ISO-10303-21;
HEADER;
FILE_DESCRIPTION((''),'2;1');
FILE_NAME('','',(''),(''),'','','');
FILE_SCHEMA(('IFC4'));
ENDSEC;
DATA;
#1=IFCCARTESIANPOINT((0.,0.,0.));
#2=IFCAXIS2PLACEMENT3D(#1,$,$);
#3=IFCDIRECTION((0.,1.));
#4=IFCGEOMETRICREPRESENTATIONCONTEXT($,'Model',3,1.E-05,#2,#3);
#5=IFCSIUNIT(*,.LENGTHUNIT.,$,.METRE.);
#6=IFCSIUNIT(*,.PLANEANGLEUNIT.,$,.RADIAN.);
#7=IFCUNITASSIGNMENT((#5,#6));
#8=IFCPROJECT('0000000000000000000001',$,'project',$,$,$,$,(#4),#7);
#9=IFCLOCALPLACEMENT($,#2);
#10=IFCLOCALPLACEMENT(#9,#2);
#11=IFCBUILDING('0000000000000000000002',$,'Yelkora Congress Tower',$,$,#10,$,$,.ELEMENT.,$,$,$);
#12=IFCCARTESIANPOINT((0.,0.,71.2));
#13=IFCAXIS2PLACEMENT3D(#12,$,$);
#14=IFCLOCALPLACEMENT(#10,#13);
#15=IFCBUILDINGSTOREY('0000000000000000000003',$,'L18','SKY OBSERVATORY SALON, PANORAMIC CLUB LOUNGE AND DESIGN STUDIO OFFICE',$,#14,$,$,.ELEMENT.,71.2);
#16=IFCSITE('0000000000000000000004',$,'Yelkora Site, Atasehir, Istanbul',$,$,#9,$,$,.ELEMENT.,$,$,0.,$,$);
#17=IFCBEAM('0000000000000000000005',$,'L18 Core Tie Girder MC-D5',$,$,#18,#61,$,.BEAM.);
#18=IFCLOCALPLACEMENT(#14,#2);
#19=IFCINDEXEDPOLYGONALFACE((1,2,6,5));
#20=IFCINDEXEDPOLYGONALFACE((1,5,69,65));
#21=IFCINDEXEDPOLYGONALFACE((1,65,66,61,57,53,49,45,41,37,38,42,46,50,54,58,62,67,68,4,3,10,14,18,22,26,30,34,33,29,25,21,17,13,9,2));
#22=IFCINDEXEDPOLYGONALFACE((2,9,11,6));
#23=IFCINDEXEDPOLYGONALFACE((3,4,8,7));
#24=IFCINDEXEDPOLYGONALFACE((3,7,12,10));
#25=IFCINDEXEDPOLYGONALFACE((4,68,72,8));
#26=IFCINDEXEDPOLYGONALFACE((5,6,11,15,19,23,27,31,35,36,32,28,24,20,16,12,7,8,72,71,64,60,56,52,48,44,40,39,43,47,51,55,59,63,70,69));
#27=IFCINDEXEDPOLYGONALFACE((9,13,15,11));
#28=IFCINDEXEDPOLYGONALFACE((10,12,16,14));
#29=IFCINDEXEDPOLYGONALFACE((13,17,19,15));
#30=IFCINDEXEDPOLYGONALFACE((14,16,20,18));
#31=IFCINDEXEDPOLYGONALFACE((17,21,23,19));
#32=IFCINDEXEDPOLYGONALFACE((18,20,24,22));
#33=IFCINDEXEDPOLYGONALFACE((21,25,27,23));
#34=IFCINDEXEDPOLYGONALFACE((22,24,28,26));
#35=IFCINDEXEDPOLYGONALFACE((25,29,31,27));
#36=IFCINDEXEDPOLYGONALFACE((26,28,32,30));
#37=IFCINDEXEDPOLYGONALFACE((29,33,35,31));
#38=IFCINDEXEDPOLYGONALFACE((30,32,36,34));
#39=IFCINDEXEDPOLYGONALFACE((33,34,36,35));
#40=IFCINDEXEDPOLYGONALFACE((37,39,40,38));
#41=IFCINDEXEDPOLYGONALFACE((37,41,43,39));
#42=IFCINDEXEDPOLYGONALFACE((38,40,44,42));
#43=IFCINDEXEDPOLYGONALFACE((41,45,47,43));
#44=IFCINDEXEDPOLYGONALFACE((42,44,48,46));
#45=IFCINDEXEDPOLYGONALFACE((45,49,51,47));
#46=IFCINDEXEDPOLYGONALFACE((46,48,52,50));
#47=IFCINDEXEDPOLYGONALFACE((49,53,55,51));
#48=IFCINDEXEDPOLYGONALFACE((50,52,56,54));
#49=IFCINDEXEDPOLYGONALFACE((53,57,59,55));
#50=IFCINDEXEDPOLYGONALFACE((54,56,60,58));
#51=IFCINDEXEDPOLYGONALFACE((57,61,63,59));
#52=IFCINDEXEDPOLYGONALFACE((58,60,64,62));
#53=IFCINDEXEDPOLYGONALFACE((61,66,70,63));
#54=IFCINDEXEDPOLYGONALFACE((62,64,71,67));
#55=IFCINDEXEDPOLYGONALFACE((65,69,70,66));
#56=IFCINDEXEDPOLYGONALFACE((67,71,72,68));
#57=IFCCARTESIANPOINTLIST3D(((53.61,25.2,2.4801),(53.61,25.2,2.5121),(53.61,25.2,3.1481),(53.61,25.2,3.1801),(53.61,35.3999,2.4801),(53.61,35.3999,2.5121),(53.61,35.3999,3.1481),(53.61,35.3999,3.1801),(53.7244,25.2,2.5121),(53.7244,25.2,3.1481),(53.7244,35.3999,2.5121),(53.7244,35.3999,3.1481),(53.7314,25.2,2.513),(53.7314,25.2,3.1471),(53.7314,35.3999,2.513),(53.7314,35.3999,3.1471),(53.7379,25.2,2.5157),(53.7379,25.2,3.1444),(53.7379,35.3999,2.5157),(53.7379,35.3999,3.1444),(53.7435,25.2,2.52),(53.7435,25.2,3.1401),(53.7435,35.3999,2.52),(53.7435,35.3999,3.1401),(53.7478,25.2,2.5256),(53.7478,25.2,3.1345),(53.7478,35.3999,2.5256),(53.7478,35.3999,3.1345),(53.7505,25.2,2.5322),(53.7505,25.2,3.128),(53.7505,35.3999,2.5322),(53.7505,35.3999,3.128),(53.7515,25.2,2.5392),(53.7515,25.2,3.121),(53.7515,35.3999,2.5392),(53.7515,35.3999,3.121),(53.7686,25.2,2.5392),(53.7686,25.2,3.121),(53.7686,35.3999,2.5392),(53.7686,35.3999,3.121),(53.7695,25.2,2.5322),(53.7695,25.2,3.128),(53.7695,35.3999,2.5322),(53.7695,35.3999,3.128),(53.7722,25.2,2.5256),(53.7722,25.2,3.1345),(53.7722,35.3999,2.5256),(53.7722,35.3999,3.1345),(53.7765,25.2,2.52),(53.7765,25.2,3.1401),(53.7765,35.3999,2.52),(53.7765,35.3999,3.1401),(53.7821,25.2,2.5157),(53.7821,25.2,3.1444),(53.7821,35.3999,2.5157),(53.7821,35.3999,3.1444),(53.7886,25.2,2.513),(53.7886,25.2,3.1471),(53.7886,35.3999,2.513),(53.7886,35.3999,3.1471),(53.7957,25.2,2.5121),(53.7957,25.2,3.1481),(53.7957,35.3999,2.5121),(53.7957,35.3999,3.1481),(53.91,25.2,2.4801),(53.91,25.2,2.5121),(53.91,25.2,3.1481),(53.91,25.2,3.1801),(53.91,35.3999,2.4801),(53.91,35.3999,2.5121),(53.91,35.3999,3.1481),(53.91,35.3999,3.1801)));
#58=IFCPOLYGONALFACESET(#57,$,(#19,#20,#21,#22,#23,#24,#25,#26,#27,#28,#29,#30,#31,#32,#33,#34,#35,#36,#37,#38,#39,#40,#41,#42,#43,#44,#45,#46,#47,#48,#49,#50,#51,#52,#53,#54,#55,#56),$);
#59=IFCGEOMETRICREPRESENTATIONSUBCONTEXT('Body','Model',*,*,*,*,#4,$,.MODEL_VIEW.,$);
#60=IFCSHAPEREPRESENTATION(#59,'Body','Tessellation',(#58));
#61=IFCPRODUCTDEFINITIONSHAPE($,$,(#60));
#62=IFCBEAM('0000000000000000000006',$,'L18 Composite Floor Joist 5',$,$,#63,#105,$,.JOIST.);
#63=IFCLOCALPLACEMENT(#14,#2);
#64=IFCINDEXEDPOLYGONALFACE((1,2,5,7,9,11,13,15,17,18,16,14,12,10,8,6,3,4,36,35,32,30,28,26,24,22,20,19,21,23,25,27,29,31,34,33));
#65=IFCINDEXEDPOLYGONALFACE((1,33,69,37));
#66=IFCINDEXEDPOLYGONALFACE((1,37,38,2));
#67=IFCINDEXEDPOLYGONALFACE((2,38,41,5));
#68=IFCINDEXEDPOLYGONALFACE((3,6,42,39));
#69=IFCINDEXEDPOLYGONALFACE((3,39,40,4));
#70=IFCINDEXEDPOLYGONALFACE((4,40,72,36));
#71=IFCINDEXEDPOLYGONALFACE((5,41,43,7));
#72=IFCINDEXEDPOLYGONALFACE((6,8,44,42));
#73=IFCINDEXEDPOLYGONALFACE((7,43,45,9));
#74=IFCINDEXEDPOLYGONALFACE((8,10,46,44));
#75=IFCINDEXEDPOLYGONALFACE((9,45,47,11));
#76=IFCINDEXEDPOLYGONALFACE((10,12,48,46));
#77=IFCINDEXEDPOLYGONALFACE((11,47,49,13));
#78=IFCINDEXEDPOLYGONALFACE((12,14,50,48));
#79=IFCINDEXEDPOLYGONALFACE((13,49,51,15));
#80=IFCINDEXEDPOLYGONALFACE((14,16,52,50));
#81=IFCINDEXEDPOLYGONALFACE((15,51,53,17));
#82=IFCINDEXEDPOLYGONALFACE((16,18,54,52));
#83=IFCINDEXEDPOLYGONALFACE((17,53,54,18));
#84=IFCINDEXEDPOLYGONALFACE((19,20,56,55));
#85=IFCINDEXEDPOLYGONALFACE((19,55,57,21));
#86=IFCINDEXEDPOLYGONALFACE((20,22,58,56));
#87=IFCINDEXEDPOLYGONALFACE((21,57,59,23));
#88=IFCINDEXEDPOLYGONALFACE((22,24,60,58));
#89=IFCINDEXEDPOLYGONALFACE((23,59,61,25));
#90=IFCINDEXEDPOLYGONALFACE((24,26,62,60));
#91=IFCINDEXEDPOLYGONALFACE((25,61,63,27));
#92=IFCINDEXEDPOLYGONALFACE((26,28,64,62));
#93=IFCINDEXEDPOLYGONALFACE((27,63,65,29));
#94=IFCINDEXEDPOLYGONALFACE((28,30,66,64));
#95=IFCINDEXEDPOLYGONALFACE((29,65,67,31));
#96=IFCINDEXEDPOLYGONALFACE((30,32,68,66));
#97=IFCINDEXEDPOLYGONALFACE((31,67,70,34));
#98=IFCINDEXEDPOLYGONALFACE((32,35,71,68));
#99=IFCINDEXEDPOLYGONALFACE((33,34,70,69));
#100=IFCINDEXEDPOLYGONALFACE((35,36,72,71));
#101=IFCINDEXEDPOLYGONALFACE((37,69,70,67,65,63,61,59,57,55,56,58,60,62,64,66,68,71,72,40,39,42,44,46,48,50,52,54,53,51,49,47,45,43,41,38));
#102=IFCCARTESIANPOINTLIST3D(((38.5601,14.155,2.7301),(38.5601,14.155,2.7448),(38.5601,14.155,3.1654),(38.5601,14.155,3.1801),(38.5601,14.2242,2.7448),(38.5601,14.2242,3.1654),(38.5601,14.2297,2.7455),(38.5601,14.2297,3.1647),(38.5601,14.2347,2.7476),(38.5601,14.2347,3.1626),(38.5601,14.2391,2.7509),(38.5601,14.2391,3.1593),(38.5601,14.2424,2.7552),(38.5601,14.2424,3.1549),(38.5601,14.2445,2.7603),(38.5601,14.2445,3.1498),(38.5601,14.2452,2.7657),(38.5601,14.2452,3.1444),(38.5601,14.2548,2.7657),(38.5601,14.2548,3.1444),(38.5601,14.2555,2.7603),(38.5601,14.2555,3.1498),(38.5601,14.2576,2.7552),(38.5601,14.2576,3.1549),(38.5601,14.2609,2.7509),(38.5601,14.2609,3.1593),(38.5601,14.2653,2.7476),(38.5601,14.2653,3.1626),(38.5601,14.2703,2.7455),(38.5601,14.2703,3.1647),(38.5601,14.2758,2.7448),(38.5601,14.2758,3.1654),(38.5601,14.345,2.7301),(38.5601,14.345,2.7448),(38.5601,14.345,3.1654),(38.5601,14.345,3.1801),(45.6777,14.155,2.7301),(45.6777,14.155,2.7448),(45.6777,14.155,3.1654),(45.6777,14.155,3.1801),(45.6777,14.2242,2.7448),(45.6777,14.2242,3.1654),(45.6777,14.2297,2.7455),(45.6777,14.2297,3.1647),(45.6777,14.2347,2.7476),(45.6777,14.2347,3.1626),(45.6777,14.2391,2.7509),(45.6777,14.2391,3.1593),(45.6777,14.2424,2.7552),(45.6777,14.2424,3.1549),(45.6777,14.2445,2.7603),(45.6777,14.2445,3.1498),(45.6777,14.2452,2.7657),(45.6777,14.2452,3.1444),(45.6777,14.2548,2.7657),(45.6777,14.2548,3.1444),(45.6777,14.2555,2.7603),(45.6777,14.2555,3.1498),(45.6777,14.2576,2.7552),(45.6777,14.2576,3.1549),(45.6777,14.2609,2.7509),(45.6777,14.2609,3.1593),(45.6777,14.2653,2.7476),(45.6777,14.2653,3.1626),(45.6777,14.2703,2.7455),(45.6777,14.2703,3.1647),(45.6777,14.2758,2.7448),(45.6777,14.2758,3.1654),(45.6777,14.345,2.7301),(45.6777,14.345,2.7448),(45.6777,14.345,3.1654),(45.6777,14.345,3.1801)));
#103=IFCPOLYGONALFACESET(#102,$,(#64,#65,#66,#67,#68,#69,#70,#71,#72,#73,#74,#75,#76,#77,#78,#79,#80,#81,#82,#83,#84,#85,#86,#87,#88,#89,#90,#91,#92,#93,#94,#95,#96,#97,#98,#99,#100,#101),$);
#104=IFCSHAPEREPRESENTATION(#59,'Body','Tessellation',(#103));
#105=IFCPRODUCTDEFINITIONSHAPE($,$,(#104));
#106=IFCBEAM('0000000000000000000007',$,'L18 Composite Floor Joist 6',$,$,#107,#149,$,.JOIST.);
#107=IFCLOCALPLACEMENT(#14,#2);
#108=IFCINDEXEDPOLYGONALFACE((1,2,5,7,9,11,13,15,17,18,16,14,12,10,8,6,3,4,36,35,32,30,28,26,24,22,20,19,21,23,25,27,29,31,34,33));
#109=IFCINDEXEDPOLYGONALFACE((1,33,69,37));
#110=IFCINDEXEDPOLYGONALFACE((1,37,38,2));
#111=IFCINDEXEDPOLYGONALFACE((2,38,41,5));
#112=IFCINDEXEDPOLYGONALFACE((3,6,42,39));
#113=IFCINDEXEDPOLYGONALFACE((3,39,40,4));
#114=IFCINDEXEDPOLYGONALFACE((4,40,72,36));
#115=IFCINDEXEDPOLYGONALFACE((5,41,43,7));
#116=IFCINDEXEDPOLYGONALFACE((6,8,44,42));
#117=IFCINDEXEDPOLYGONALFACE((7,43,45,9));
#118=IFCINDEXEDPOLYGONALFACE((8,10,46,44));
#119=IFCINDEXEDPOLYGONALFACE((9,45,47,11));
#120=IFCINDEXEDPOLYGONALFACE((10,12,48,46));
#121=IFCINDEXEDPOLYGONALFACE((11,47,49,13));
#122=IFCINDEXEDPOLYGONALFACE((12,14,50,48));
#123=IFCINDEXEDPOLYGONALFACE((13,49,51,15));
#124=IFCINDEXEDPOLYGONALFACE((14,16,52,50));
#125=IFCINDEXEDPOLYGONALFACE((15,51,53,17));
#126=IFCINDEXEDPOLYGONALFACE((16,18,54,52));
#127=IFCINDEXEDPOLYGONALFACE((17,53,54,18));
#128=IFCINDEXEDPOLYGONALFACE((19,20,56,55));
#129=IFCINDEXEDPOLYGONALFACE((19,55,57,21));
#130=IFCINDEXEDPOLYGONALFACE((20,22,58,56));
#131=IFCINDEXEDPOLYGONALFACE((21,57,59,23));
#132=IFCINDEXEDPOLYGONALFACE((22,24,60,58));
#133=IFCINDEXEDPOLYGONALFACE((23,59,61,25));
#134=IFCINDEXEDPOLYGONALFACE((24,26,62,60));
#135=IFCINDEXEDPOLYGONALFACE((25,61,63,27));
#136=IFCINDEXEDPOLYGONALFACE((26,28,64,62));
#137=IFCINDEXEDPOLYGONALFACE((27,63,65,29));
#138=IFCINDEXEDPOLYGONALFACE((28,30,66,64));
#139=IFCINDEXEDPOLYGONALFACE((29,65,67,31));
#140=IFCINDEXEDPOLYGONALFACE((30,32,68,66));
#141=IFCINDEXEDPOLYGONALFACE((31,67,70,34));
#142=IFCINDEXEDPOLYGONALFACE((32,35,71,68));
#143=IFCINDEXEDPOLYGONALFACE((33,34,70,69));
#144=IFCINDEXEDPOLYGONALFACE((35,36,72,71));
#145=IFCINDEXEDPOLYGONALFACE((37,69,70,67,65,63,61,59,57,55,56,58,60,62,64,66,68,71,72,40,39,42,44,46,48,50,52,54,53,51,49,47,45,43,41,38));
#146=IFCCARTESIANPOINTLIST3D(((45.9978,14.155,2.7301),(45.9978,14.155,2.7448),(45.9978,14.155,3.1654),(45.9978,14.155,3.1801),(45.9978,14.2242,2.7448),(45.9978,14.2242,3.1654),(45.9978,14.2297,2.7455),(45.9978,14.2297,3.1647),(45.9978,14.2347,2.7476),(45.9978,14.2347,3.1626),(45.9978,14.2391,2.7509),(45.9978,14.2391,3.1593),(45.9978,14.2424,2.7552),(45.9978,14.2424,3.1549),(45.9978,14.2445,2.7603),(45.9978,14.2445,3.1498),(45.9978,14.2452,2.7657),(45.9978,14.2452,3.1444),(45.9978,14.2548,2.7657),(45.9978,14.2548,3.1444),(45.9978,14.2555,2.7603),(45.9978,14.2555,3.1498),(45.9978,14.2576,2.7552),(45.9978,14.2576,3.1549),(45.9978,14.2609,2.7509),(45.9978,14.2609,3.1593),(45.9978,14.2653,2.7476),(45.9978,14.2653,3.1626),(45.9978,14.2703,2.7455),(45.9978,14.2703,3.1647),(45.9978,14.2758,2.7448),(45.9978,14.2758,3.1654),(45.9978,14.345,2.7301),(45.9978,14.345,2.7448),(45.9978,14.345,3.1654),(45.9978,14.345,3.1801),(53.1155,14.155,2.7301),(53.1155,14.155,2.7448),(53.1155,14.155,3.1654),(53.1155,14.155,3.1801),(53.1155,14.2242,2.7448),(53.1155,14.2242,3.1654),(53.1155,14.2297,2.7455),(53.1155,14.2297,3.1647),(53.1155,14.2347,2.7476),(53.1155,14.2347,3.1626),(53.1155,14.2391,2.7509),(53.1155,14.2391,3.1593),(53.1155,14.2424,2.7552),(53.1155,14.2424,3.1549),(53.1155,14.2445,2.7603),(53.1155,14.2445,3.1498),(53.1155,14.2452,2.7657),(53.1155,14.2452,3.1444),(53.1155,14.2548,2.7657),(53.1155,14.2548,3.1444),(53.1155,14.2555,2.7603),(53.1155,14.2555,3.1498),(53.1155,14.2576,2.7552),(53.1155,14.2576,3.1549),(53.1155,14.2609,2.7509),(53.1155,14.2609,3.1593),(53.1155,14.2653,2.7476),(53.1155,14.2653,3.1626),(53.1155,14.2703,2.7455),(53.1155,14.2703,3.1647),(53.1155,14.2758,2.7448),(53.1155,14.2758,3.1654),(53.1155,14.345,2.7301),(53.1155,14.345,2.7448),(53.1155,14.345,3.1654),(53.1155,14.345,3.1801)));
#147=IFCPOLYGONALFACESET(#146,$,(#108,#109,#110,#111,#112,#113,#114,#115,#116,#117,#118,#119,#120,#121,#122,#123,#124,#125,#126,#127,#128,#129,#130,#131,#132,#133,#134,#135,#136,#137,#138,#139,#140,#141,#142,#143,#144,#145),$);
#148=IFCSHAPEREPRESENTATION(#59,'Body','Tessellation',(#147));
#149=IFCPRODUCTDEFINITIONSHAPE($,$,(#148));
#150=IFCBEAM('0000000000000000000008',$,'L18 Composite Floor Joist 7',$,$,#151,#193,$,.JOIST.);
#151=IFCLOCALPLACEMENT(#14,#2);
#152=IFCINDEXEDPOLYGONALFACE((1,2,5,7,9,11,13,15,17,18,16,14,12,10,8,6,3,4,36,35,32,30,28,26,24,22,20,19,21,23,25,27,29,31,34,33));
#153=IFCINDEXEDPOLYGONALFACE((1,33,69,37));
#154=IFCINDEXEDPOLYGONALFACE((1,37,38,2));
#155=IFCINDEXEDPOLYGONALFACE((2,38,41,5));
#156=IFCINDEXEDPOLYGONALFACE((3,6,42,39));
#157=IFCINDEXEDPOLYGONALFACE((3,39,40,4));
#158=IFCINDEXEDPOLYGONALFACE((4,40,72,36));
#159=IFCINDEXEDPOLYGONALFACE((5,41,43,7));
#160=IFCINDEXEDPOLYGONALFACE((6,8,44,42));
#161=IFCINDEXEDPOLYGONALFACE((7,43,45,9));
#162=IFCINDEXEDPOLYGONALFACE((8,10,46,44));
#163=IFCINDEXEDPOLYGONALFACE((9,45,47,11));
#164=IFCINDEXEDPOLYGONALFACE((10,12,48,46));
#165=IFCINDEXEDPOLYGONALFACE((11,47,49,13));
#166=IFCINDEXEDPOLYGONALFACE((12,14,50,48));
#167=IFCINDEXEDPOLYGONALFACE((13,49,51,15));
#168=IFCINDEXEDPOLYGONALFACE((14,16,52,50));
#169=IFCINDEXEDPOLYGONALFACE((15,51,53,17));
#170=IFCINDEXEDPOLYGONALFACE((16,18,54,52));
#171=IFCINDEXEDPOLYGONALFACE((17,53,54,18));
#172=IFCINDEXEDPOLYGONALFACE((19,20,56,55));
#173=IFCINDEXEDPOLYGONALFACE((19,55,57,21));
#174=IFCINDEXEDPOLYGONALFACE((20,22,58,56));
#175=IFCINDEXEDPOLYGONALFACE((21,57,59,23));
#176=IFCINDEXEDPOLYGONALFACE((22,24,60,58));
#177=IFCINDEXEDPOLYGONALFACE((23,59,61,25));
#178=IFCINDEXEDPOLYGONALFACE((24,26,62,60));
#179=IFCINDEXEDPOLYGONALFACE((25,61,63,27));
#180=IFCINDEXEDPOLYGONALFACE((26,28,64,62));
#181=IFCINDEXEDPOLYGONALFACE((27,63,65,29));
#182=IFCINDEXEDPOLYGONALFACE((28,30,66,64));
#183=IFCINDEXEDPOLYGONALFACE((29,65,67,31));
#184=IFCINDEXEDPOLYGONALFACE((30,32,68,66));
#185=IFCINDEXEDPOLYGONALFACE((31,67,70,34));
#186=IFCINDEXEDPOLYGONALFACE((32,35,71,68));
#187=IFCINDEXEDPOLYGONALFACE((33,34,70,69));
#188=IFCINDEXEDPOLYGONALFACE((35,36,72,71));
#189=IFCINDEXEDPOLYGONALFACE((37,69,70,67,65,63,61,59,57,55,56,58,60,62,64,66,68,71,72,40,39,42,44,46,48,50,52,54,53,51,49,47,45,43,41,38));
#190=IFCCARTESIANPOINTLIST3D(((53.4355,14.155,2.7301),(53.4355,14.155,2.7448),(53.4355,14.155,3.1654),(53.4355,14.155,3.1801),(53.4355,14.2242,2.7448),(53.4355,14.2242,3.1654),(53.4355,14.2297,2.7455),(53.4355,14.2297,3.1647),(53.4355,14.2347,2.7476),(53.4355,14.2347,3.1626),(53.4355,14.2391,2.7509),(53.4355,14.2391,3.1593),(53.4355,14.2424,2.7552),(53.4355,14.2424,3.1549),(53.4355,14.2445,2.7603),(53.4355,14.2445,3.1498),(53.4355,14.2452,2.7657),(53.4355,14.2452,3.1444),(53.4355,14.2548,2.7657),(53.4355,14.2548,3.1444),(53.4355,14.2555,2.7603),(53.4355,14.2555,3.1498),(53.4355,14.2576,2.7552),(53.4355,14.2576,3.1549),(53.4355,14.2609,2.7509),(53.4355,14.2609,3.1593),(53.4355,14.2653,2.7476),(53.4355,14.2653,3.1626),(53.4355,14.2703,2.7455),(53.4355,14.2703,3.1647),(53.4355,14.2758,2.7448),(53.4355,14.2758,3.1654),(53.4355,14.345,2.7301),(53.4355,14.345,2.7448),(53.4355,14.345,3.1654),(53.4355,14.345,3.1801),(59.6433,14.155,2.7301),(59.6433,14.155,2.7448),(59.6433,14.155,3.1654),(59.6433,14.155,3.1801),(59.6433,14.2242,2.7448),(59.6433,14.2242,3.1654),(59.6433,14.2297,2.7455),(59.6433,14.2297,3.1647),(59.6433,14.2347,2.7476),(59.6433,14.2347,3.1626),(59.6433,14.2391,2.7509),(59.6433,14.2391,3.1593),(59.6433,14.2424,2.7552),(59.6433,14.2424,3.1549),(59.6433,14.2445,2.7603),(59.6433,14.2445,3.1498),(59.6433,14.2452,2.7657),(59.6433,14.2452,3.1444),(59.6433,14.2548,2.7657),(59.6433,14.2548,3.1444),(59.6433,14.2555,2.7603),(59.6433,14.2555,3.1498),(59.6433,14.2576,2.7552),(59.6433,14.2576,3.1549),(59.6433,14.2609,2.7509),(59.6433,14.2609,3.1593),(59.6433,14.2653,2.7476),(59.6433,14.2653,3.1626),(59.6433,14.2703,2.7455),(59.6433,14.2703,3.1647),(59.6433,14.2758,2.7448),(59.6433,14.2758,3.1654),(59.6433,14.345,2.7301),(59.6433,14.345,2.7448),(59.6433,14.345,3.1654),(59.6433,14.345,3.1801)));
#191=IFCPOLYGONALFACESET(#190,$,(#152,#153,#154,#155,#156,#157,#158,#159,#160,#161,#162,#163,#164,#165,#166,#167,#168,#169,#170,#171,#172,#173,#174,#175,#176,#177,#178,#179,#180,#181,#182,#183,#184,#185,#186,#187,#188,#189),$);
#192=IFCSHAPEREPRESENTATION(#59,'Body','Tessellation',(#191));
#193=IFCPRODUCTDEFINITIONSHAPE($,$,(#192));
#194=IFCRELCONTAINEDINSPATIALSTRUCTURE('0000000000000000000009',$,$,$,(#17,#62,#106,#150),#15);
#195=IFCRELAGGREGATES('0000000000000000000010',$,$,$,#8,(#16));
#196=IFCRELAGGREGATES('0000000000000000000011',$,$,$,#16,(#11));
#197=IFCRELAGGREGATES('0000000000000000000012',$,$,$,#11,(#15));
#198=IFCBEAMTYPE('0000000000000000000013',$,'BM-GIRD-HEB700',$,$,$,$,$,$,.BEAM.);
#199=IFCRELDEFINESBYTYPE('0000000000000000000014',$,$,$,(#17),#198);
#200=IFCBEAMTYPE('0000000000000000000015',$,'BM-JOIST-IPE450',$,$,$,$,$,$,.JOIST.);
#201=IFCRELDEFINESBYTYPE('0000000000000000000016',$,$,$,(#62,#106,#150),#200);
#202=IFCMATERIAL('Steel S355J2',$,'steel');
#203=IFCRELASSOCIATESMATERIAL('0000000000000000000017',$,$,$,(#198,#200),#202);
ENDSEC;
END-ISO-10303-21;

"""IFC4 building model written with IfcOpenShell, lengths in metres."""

from ifc_helpers import new_model, si_unit, direction, frame, origin, origin_2d, place, context, subcontext, project, spatial, i_section, extrude, material, material_profile, profile_set, type_object, element, save


model = new_model("IFC4")

# Units and contexts
model_context = context("Model", 3, precision=1e-05, world=origin(), true_north=direction((0.0, 1.0)))
body_context = subcontext(model_context, "Body", "Model", "MODEL_VIEW")
ifc_project = project(units=[si_unit("LENGTHUNIT", "METRE"), si_unit("PLANEANGLEUNIT", "RADIAN")], contexts=[model_context])

# Site, building, storey
site_placement = place(None, origin())
site = spatial("IfcSite", under=ifc_project, at=site_placement, Name="Yelkora Site, Atasehir, Istanbul", CompositionType="ELEMENT", RefElevation=0.0)
building_placement = place(site_placement, origin())
building = spatial("IfcBuilding", under=site, at=building_placement, Name="Yelkora Congress Tower", CompositionType="ELEMENT")
storey_placement = place(building_placement, frame((0.0, 0.0, 71.2)))
storey = spatial("IfcBuildingStorey", under=building, at=storey_placement, Name="L18", Description="SKY OBSERVATORY SALON, PANORAMIC CLUB LOUNGE AND DESIGN STUDIO OFFICE", CompositionType="ELEMENT", Elevation=71.2)

# Beams
ifc_material_1 = material(Name="Steel S355J2", Category="steel")
ifc_material_profile_1 = material_profile(ifc_material_1, i_section(OverallWidth=0.3, OverallDepth=0.7, WebThickness=0.0171, FlangeThickness=0.032, FilletRadius=0.0271, at=origin_2d()), Name="HEB 700")
ifc_profile_set_1 = profile_set([ifc_material_profile_1], Name="Steel S355J2")
beam_type_1 = type_object("IfcBeamType", Name="BM-GIRD-HEB700", PredefinedType="BEAM", material=ifc_profile_set_1)
for number, where, z_axis, x_axis, name in (
    (1, (53.76, 25.2, 2.8301), (0.0, 1.0, 0.0), (-1.0, 0.0, 0.0), "L18 Core Tie Girder MC-D5"),
):
    element("IfcBeam", number, at=place(storey_placement, frame(where, z_axis=z_axis, x_axis=x_axis)), inside=storey, type_object=beam_type_1, Name=name, PredefinedType="BEAM", context=body_context, shape_type="SweptSolid", body=[
        extrude(i_section(OverallWidth=0.3, OverallDepth=0.7, WebThickness=0.0171, FlangeThickness=0.032, FilletRadius=0.0271, at=origin_2d()), origin(), (0.0, 0.0, 1.0), 10.2),
    ])
ifc_material_profile_2 = material_profile(ifc_material_1, i_section(OverallWidth=0.1899, OverallDepth=0.45, WebThickness=0.0095, FlangeThickness=0.0146, FilletRadius=0.021, at=origin_2d()), Name="IPE 450")
ifc_profile_set_2 = profile_set([ifc_material_profile_2], Name="Steel S355J2")
beam_type_2 = type_object("IfcBeamType", Name="BM-JOIST-IPE450", PredefinedType="JOIST", material=ifc_profile_set_2)
for number, where, z_axis, x_axis, name in (
    (2, (38.5601, 14.25, 2.9551), (1.0, 0.0, 0.0), (0.0, 1.0, 0.0), "L18 Composite Floor Joist 5"),
    (3, (45.9978, 14.25, 2.9551), (1.0, 0.0, 0.0), (0.0, 1.0, 0.0), "L18 Composite Floor Joist 6"),
):
    element("IfcBeam", number, at=place(storey_placement, frame(where, z_axis=z_axis, x_axis=x_axis)), inside=storey, type_object=beam_type_2, Name=name, PredefinedType="JOIST", context=body_context, shape_type="SweptSolid", body=[
        extrude(i_section(OverallWidth=0.1899, OverallDepth=0.45, WebThickness=0.0095, FlangeThickness=0.0146, FilletRadius=0.021, at=origin_2d()), origin(), (0.0, 0.0, 1.0), 7.1177),
    ])
beam_1_placement = place(storey_placement, frame((53.4355, 14.25, 2.9551), z_axis=(1.0, 0.0, 0.0), x_axis=(0.0, 1.0, 0.0)))
element("IfcBeam", 4, at=beam_1_placement, inside=storey, type_object=beam_type_2, Name="L18 Composite Floor Joist 7", PredefinedType="JOIST", context=body_context, shape_type="SweptSolid", body=[
    extrude(i_section(OverallWidth=0.1899, OverallDepth=0.45, WebThickness=0.0095, FlangeThickness=0.0146, FilletRadius=0.021, at=origin_2d()), origin(), (0.0, 0.0, 1.0), 6.2078),
])

save(model, "model.ifc")
